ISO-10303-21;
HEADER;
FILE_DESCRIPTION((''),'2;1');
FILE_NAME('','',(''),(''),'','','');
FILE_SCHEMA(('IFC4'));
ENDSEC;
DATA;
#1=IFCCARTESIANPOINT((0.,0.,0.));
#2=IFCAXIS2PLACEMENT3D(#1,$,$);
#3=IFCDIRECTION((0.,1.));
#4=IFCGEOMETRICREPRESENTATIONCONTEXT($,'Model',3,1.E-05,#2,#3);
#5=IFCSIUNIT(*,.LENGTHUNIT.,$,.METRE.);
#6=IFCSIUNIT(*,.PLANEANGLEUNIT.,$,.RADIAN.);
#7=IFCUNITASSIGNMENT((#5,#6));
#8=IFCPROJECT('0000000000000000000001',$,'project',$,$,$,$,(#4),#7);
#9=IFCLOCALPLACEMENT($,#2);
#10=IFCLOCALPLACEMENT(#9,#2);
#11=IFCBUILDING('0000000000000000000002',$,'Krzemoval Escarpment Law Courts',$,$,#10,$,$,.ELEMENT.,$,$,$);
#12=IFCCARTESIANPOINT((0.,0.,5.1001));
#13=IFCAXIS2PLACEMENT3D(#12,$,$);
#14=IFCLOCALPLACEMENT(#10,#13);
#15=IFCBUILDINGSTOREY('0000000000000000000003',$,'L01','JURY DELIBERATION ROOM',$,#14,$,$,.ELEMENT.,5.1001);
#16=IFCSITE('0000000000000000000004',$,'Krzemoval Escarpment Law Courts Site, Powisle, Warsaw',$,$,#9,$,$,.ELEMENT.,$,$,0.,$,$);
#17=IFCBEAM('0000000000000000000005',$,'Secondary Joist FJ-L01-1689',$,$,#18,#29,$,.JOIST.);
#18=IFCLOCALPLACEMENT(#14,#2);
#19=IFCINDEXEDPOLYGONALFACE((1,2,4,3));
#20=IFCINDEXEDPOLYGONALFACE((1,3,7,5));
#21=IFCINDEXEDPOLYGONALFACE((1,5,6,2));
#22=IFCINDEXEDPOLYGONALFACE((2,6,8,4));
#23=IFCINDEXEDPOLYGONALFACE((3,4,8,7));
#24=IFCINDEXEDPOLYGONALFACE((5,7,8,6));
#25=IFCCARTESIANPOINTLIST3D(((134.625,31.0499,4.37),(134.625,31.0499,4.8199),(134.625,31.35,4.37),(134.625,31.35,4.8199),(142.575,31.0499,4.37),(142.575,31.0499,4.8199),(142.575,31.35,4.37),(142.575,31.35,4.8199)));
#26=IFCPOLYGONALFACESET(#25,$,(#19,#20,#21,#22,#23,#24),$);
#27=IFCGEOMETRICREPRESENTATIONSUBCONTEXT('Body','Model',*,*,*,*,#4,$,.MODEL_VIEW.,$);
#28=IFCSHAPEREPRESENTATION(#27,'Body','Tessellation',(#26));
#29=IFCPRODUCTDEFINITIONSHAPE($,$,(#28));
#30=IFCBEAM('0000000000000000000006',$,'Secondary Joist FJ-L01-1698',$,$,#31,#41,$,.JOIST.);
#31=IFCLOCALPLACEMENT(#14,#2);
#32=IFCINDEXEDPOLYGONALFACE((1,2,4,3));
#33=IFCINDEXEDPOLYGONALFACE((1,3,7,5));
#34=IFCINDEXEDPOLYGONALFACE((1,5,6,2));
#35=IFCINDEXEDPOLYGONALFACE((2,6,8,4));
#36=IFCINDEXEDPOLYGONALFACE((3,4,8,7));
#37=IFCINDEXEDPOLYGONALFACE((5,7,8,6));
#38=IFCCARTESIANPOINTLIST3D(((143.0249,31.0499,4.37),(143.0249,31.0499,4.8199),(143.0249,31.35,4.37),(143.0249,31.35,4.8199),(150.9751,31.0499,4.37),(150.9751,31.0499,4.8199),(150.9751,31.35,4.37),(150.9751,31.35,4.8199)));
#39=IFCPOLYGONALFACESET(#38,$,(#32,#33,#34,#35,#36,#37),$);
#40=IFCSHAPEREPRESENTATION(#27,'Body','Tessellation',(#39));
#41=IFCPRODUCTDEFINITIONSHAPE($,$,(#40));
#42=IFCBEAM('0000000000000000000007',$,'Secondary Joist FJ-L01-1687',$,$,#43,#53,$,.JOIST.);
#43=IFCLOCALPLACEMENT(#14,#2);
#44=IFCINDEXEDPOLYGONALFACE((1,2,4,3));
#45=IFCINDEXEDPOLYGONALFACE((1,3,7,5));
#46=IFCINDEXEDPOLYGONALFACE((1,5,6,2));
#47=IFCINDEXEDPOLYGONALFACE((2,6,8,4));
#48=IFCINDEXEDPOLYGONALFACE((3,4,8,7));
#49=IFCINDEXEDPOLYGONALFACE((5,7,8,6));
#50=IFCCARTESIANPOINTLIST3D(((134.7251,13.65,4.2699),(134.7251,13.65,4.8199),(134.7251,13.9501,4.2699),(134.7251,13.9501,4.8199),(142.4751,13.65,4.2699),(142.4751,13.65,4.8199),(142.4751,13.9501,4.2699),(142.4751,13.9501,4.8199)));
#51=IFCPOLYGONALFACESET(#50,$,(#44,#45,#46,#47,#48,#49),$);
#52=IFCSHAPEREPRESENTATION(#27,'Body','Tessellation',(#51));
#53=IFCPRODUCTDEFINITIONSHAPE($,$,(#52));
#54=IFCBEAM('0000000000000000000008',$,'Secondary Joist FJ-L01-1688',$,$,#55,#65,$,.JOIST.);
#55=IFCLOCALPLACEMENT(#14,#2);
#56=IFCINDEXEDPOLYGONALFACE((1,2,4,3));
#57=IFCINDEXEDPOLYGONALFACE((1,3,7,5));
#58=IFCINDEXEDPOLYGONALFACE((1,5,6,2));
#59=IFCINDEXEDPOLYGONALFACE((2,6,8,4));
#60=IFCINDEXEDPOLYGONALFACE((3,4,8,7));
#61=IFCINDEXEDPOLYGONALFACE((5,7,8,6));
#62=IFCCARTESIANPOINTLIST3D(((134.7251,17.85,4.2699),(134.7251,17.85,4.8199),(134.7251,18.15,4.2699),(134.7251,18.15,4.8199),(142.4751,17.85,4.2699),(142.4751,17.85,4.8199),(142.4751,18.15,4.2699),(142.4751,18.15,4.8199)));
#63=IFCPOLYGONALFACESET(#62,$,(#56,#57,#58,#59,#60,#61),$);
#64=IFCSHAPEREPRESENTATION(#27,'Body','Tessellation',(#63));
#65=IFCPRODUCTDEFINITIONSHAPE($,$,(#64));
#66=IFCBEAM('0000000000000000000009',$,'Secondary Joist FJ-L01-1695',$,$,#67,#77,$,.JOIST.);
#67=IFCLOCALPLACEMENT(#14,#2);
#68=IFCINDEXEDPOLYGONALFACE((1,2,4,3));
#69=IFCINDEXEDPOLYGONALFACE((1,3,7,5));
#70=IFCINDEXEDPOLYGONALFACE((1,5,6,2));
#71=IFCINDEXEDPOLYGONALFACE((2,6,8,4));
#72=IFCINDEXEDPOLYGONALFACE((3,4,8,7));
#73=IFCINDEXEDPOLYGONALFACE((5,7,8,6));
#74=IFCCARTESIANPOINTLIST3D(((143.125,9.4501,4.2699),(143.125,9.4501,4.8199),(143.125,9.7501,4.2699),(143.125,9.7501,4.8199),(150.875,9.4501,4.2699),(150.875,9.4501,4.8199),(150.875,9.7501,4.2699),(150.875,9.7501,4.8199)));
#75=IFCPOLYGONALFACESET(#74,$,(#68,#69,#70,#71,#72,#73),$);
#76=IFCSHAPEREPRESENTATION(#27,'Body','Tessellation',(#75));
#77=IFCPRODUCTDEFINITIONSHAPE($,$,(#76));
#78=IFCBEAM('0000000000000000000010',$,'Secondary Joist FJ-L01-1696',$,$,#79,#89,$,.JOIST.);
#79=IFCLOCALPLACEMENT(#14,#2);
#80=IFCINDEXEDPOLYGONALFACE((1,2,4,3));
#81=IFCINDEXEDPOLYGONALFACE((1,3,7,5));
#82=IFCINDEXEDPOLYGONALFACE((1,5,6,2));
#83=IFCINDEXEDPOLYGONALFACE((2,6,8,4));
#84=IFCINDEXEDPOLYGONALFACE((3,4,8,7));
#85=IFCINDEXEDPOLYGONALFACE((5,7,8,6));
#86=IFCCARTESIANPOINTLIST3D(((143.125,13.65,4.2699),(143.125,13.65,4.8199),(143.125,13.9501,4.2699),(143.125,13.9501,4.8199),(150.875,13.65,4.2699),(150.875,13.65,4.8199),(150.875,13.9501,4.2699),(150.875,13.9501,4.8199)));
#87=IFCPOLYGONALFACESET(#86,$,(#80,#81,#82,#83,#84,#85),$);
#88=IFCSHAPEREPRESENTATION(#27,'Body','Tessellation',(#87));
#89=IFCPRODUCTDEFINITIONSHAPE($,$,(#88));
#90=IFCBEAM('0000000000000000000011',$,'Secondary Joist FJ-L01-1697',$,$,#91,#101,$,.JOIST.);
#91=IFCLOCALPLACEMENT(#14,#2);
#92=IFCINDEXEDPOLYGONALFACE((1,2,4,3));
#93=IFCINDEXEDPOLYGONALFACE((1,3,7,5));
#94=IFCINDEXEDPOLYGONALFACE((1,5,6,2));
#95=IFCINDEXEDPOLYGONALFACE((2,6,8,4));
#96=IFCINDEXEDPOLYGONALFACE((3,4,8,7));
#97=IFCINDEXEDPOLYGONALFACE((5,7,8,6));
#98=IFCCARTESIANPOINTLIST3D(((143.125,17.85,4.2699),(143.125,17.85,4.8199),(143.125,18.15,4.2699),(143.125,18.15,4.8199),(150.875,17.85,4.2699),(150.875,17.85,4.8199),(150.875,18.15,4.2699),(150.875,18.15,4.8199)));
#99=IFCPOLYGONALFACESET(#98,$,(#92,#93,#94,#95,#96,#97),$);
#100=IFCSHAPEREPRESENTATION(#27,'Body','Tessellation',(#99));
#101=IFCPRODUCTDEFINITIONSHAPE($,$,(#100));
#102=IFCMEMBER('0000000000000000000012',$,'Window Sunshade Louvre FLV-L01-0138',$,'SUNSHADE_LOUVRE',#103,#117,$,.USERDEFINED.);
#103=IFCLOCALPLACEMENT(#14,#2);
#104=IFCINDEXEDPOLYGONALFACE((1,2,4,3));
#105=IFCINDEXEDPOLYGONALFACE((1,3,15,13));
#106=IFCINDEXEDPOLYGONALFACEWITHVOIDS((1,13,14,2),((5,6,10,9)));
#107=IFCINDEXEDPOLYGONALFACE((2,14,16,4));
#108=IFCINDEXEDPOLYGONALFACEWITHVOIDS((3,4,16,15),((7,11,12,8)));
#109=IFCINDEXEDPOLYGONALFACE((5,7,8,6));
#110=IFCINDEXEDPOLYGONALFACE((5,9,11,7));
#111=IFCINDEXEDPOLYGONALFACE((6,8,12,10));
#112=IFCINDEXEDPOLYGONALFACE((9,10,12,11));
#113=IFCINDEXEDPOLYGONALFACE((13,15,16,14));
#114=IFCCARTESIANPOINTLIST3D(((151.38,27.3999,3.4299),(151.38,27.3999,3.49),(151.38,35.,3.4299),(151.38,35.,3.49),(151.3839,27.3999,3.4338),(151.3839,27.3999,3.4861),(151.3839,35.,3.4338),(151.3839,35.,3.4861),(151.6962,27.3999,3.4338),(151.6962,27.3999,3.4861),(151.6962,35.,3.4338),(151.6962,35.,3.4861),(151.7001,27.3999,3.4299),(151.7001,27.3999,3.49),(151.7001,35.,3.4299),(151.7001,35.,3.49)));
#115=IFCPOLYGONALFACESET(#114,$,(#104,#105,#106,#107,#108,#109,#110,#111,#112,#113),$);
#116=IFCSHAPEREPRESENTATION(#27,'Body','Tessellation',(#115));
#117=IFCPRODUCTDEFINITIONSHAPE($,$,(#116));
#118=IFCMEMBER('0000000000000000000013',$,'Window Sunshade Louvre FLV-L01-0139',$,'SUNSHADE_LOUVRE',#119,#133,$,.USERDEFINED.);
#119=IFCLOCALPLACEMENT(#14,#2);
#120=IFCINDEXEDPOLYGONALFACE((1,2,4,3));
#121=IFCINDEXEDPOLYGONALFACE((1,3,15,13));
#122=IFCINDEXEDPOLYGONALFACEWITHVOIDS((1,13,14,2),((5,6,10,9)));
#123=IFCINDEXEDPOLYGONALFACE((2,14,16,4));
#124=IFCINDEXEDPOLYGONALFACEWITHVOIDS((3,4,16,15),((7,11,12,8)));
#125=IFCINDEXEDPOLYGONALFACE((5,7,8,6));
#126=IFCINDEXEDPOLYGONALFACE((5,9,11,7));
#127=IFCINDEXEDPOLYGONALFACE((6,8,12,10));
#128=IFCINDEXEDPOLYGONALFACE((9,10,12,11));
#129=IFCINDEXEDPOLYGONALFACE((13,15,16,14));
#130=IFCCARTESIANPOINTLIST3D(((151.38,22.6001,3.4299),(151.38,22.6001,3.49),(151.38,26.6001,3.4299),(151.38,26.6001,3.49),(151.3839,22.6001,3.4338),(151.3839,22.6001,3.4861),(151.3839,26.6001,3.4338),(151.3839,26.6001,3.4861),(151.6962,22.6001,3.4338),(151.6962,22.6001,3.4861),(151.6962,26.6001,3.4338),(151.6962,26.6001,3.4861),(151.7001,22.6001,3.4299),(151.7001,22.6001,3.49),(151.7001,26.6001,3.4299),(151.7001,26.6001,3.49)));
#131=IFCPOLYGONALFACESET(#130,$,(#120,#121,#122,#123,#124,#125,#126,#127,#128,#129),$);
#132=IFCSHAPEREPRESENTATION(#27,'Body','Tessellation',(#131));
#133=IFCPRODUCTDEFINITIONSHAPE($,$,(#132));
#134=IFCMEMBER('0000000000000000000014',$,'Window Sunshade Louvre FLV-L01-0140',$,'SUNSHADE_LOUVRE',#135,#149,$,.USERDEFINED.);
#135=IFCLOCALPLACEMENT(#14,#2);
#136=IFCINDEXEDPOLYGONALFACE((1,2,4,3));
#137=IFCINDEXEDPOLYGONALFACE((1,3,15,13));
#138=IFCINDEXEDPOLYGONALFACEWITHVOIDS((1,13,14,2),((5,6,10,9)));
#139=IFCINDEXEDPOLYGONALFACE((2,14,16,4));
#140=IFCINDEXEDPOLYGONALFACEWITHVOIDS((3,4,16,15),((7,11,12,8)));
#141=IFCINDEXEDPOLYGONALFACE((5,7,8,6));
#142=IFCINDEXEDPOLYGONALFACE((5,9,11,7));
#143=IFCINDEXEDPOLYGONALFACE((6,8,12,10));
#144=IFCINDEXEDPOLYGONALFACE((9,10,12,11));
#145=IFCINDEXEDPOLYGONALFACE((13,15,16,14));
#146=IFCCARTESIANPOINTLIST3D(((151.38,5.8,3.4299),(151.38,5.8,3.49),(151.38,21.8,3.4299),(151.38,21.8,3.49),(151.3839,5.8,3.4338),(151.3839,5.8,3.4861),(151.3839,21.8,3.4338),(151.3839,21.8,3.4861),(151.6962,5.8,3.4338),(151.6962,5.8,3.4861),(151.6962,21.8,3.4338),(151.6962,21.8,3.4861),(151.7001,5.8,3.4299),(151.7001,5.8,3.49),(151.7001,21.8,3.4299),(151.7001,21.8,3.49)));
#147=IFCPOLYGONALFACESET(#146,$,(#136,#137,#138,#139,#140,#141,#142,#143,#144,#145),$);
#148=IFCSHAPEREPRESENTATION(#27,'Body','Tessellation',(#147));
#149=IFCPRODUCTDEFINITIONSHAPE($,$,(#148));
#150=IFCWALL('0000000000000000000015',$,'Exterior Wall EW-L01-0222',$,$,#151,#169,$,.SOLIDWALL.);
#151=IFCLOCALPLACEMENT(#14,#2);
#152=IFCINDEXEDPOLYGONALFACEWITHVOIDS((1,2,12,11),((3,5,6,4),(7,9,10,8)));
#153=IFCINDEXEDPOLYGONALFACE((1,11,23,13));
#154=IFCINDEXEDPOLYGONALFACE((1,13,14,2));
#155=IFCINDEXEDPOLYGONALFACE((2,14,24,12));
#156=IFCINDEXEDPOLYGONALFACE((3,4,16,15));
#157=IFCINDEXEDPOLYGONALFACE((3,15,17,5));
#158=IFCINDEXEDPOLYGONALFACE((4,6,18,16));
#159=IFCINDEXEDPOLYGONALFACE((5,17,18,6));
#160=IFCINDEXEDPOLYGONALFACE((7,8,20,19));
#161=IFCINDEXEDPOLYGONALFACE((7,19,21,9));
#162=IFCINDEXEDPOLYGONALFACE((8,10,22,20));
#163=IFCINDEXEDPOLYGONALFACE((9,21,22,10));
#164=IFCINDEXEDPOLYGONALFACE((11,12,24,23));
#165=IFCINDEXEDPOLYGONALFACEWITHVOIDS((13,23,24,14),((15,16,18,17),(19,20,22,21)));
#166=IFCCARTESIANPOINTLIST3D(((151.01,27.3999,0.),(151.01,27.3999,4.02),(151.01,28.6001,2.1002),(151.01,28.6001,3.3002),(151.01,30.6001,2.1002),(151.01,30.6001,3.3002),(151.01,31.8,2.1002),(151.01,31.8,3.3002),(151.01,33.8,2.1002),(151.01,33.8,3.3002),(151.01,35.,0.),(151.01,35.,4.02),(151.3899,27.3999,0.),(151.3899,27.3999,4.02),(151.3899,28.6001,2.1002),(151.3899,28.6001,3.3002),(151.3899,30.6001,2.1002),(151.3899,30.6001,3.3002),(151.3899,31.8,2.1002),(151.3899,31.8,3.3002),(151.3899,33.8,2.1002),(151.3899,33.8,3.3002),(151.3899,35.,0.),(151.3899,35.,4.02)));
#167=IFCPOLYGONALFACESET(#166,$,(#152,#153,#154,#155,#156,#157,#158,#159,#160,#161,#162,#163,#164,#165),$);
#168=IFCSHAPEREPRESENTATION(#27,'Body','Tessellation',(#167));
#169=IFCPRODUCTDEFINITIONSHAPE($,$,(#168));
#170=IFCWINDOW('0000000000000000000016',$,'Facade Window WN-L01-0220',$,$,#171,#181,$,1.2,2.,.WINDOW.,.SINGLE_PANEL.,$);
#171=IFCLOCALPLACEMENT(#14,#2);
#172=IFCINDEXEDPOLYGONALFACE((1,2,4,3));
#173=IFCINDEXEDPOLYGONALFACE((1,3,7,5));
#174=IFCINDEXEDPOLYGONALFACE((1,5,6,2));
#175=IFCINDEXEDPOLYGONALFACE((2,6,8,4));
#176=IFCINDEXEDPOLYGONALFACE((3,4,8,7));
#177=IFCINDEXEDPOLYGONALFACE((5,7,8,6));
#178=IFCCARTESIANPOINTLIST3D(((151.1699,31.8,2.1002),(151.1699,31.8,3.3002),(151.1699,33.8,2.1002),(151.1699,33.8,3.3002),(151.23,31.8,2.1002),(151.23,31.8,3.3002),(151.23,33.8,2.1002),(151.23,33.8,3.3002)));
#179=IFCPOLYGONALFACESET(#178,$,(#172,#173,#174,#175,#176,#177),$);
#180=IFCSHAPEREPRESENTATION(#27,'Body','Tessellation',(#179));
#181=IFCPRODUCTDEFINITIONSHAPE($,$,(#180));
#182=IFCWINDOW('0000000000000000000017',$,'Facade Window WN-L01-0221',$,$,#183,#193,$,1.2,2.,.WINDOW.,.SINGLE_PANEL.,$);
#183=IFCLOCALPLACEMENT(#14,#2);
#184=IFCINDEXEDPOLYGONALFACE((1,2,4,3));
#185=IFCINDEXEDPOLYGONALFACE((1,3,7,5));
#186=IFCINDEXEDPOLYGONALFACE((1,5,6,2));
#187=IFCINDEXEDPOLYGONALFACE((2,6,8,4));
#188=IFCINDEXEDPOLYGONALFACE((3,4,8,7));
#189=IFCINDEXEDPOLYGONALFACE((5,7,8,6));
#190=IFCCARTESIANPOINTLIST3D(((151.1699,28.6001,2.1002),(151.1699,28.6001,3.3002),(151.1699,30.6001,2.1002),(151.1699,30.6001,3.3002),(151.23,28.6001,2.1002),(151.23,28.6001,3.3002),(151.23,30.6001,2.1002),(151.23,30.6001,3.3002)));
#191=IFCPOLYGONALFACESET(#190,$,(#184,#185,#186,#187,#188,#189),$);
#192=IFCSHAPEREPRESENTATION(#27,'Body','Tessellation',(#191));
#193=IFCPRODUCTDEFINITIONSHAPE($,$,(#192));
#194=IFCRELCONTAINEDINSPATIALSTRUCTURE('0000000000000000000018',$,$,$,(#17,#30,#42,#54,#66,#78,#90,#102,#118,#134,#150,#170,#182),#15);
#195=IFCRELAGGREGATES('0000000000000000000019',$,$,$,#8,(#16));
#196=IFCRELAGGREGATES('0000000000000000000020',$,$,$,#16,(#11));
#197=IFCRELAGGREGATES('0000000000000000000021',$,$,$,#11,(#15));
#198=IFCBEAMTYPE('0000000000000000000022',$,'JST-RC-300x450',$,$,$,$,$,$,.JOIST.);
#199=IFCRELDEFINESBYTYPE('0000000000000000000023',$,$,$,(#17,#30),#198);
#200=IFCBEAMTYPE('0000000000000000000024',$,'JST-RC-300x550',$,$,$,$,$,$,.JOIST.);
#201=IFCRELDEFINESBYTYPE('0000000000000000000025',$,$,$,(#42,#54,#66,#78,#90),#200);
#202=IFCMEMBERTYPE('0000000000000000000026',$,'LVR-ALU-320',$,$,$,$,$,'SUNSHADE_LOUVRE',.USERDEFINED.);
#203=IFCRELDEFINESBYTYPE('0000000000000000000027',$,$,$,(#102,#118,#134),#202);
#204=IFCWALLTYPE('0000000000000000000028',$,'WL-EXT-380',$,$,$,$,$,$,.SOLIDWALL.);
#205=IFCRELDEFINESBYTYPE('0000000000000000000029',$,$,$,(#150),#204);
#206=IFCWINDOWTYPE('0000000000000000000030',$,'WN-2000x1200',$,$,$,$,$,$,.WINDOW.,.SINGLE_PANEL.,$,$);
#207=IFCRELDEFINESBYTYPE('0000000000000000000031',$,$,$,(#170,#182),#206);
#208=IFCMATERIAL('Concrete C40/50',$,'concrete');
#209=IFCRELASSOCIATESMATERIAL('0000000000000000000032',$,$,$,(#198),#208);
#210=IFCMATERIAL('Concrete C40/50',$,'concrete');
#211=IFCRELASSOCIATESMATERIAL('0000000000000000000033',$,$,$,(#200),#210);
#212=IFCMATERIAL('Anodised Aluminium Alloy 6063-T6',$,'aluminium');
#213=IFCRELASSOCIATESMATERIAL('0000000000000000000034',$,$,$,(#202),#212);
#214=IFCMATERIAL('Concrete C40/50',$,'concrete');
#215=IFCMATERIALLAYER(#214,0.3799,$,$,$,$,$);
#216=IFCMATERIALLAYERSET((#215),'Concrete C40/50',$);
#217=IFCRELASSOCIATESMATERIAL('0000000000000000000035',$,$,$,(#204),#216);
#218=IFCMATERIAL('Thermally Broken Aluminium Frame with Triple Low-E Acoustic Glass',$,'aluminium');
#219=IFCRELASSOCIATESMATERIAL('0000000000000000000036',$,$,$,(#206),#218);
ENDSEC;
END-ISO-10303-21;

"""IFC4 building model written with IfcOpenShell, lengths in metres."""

from ifc_helpers import new_model, si_unit, direction, frame, frame_2d, origin, origin_2d, place, context, subcontext, project, spatial, rectangle, hollow_rectangle, extrude, material, layer, layer_set, material_profile, profile_set, type_object, element, fill, save


model = new_model("IFC4")

# Units and contexts
model_context = context("Model", 3, precision=1e-05, world=origin(), true_north=direction((0.0, 1.0)))
body_context = subcontext(model_context, "Body", "Model", "MODEL_VIEW")
ifc_project = project(units=[si_unit("LENGTHUNIT", "METRE"), si_unit("PLANEANGLEUNIT", "RADIAN")], contexts=[model_context])

# Site, building, storey
site_placement = place(None, origin())
site = spatial("IfcSite", under=ifc_project, at=site_placement, Name="Krzemoval Escarpment Law Courts Site, Powisle, Warsaw", CompositionType="ELEMENT", RefElevation=0.0)
building_placement = place(site_placement, origin())
building = spatial("IfcBuilding", under=site, at=building_placement, Name="Krzemoval Escarpment Law Courts", CompositionType="ELEMENT")
storey_placement = place(building_placement, frame((0.0, 0.0, 5.1001)))
storey = spatial("IfcBuildingStorey", under=building, at=storey_placement, Name="L01", Description="JURY DELIBERATION ROOM", CompositionType="ELEMENT", Elevation=5.1001)

# Beams
ifc_material_1 = material(Name="Concrete C40/50", Category="concrete")
ifc_material_profile_1 = material_profile(ifc_material_1, rectangle(XDim=0.3, YDim=0.45, at=origin_2d()), Name="RCB 300x450")
ifc_profile_set_1 = profile_set([ifc_material_profile_1], Name="Concrete C40/50")
beam_type_1 = type_object("IfcBeamType", Name="JST-RC-300x450", PredefinedType="JOIST", material=ifc_profile_set_1)
beam_1_placement = place(storey_placement, frame((134.625, 31.2, 4.595), z_axis=(1.0, 0.0, 0.0), x_axis=(0.0, 1.0, 0.0)))
element("IfcBeam", 1, at=beam_1_placement, inside=storey, type_object=beam_type_1, Name="Secondary Joist FJ-L01-1689", PredefinedType="JOIST", context=body_context, shape_type="SweptSolid", body=[
    extrude(rectangle(XDim=0.3, YDim=0.45, at=origin_2d()), origin(), (0.0, 0.0, 1.0), 7.95),
])
beam_2_placement = place(storey_placement, frame((143.0249, 31.2, 4.595), z_axis=(1.0, 0.0, 0.0), x_axis=(0.0, 1.0, 0.0)))
element("IfcBeam", 2, at=beam_2_placement, inside=storey, type_object=beam_type_1, Name="Secondary Joist FJ-L01-1698", PredefinedType="JOIST", context=body_context, shape_type="SweptSolid", body=[
    extrude(rectangle(XDim=0.3, YDim=0.45, at=origin_2d()), origin(), (0.0, 0.0, 1.0), 7.9502),
])
ifc_material_2 = material(Name="Concrete C40/50", Category="concrete")
ifc_material_profile_2 = material_profile(ifc_material_2, rectangle(XDim=0.3, YDim=0.55, at=origin_2d()), Name="RCB 300x550")
ifc_profile_set_2 = profile_set([ifc_material_profile_2], Name="Concrete C40/50")
beam_type_2 = type_object("IfcBeamType", Name="JST-RC-300x550", PredefinedType="JOIST", material=ifc_profile_set_2)
for number, where, z_axis, x_axis, name in (
    (3, (134.7251, 13.8, 4.5449), (1.0, 0.0, 0.0), (0.0, 1.0, 0.0), "Secondary Joist FJ-L01-1687"),
    (4, (134.7251, 18.0, 4.5449), (1.0, 0.0, 0.0), (0.0, 1.0, 0.0), "Secondary Joist FJ-L01-1688"),
    (5, (143.125, 9.6001, 4.5449), (1.0, 0.0, 0.0), (0.0, 1.0, 0.0), "Secondary Joist FJ-L01-1695"),
    (6, (143.125, 13.8, 4.5449), (1.0, 0.0, 0.0), (0.0, 1.0, 0.0), "Secondary Joist FJ-L01-1696"),
    (7, (143.125, 18.0, 4.5449), (1.0, 0.0, 0.0), (0.0, 1.0, 0.0), "Secondary Joist FJ-L01-1697"),
):
    element("IfcBeam", number, at=place(storey_placement, frame(where, z_axis=z_axis, x_axis=x_axis)), inside=storey, type_object=beam_type_2, Name=name, PredefinedType="JOIST", context=body_context, shape_type="SweptSolid", body=[
        extrude(rectangle(XDim=0.3, YDim=0.55, at=origin_2d()), origin(), (0.0, 0.0, 1.0), 7.75),
    ])

# Members
ifc_material_3 = material(Name="Anodised Aluminium Alloy 6063-T6", Category="aluminium")
ifc_material_profile_3 = material_profile(ifc_material_3, hollow_rectangle(XDim=0.0601, YDim=0.3201, WallThickness=0.0039, at=origin_2d()), Name="ALU LVR 60x320")
ifc_profile_set_3 = profile_set([ifc_material_profile_3], Name="Anodised Aluminium Alloy 6063-T6")
member_type = type_object("IfcMemberType", Name="LVR-ALU-320", ElementType="SUNSHADE_LOUVRE", PredefinedType="USERDEFINED", material=ifc_profile_set_3)
member_1_placement = place(storey_placement, frame((151.54, 35.0, 3.46), z_axis=(0.0, -1.0, 0.0), x_axis=(0.0, 0.0, 1.0)))
element("IfcMember", 8, at=member_1_placement, inside=storey, type_object=member_type, Name="Window Sunshade Louvre FLV-L01-0138", ObjectType="SUNSHADE_LOUVRE", PredefinedType="USERDEFINED", context=body_context, shape_type="SweptSolid", body=[
    extrude(hollow_rectangle(XDim=0.0601, YDim=0.3201, WallThickness=0.0039, at=origin_2d()), origin(), (0.0, 0.0, 1.0), 7.6001),
])
member_2_placement = place(storey_placement, frame((151.54, 26.6001, 3.46), z_axis=(0.0, -1.0, 0.0), x_axis=(0.0, 0.0, 1.0)))
element("IfcMember", 9, at=member_2_placement, inside=storey, type_object=member_type, Name="Window Sunshade Louvre FLV-L01-0139", ObjectType="SUNSHADE_LOUVRE", PredefinedType="USERDEFINED", context=body_context, shape_type="SweptSolid", body=[
    extrude(hollow_rectangle(XDim=0.0601, YDim=0.3201, WallThickness=0.0039, at=origin_2d()), origin(), (0.0, 0.0, 1.0), 4.0),
])
member_3_placement = place(storey_placement, frame((151.54, 21.8, 3.46), z_axis=(0.0, -1.0, 0.0), x_axis=(0.0, 0.0, 1.0)))
element("IfcMember", 10, at=member_3_placement, inside=storey, type_object=member_type, Name="Window Sunshade Louvre FLV-L01-0140", ObjectType="SUNSHADE_LOUVRE", PredefinedType="USERDEFINED", context=body_context, shape_type="SweptSolid", body=[
    extrude(hollow_rectangle(XDim=0.0601, YDim=0.3201, WallThickness=0.0039, at=origin_2d()), origin(), (0.0, 0.0, 1.0), 16.0),
])

# Wall, openings, windows
ifc_material_4 = material(Name="Concrete C40/50", Category="concrete")
ifc_layer = layer(ifc_material_4, 0.3799)
ifc_layer_set = layer_set([ifc_layer], Name="Concrete C40/50")
wall_type = type_object("IfcWallType", Name="WL-EXT-380", PredefinedType="SOLIDWALL", material=ifc_layer_set)
wall_1_placement = place(storey_placement, frame((151.2, 35.0, 0.0), z_axis=(0.0, 0.0, 1.0), x_axis=(0.0, -1.0, 0.0)))
wall_1 = element("IfcWall", 11, at=wall_1_placement, inside=storey, type_object=wall_type, Name="Exterior Wall EW-L01-0222", PredefinedType="SOLIDWALL", context=body_context, shape_type="SweptSolid", body=[
    extrude(rectangle(XDim=7.6001, YDim=0.3799, at=frame_2d((3.8, 0.0))), origin(), (0.0, 0.0, 1.0), 4.02),
])
opening_1_placement = place(wall_1_placement, frame((1.2, 0.0, 2.1001)))
opening_1 = element("IfcOpeningElement", 12, at=opening_1_placement, cuts=wall_1, PredefinedType="OPENING", context=body_context, shape_type="SweptSolid", body=[
    extrude(rectangle(XDim=2.0, YDim=1.2, at=frame_2d((1.0, 0.6001))), frame((0.0, 0.2049, 0.0), z_axis=(0.0, -1.0, 0.0), x_axis=(1.0, 0.0, 0.0)), (0.0, 0.0, 1.0), 0.4099),
])
opening_2_placement = place(wall_1_placement, frame((4.3999, 0.0, 2.1001)))
opening_2 = element("IfcOpeningElement", 13, at=opening_2_placement, cuts=wall_1, PredefinedType="OPENING", context=body_context, shape_type="SweptSolid", body=[
    extrude(rectangle(XDim=2.0, YDim=1.2, at=frame_2d((1.0, 0.6001))), frame((0.0, 0.2049, 0.0), z_axis=(0.0, -1.0, 0.0), x_axis=(1.0, 0.0, 0.0)), (0.0, 0.0, 1.0), 0.4099),
])
ifc_material_5 = material(Name="Thermally Broken Aluminium Frame with Triple Low-E Acoustic Glass", Category="aluminium")
window_type = type_object("IfcWindowType", Name="WN-2000x1200", PartitioningType="SINGLE_PANEL", PredefinedType="WINDOW", material=ifc_material_5)
window_1_placement = place(opening_1_placement, origin())
window_1 = element("IfcWindow", 14, at=window_1_placement, inside=storey, type_object=window_type, Name="Facade Window WN-L01-0220", OverallHeight=1.2, OverallWidth=2.0, PartitioningType="SINGLE_PANEL", PredefinedType="WINDOW", context=body_context, shape_type="SweptSolid", body=[
    extrude(rectangle(XDim=2.0, YDim=1.2, at=frame_2d((1.0, 0.6001))), frame((0.0, 0.03, 0.0), z_axis=(0.0, -1.0, 0.0), x_axis=(1.0, 0.0, 0.0)), (0.0, 0.0, 1.0), 0.0601),
])
fill(opening_1, window_1)
window_2_placement = place(opening_2_placement, origin())
window_2 = element("IfcWindow", 15, at=window_2_placement, inside=storey, type_object=window_type, Name="Facade Window WN-L01-0221", OverallHeight=1.2, OverallWidth=2.0, PartitioningType="SINGLE_PANEL", PredefinedType="WINDOW", context=body_context, shape_type="SweptSolid", body=[
    extrude(rectangle(XDim=2.0, YDim=1.2, at=frame_2d((1.0, 0.6001))), frame((0.0, 0.03, 0.0), z_axis=(0.0, -1.0, 0.0), x_axis=(1.0, 0.0, 0.0)), (0.0, 0.0, 1.0), 0.0601),
])
fill(opening_2, window_2)

save(model, "model.ifc")
